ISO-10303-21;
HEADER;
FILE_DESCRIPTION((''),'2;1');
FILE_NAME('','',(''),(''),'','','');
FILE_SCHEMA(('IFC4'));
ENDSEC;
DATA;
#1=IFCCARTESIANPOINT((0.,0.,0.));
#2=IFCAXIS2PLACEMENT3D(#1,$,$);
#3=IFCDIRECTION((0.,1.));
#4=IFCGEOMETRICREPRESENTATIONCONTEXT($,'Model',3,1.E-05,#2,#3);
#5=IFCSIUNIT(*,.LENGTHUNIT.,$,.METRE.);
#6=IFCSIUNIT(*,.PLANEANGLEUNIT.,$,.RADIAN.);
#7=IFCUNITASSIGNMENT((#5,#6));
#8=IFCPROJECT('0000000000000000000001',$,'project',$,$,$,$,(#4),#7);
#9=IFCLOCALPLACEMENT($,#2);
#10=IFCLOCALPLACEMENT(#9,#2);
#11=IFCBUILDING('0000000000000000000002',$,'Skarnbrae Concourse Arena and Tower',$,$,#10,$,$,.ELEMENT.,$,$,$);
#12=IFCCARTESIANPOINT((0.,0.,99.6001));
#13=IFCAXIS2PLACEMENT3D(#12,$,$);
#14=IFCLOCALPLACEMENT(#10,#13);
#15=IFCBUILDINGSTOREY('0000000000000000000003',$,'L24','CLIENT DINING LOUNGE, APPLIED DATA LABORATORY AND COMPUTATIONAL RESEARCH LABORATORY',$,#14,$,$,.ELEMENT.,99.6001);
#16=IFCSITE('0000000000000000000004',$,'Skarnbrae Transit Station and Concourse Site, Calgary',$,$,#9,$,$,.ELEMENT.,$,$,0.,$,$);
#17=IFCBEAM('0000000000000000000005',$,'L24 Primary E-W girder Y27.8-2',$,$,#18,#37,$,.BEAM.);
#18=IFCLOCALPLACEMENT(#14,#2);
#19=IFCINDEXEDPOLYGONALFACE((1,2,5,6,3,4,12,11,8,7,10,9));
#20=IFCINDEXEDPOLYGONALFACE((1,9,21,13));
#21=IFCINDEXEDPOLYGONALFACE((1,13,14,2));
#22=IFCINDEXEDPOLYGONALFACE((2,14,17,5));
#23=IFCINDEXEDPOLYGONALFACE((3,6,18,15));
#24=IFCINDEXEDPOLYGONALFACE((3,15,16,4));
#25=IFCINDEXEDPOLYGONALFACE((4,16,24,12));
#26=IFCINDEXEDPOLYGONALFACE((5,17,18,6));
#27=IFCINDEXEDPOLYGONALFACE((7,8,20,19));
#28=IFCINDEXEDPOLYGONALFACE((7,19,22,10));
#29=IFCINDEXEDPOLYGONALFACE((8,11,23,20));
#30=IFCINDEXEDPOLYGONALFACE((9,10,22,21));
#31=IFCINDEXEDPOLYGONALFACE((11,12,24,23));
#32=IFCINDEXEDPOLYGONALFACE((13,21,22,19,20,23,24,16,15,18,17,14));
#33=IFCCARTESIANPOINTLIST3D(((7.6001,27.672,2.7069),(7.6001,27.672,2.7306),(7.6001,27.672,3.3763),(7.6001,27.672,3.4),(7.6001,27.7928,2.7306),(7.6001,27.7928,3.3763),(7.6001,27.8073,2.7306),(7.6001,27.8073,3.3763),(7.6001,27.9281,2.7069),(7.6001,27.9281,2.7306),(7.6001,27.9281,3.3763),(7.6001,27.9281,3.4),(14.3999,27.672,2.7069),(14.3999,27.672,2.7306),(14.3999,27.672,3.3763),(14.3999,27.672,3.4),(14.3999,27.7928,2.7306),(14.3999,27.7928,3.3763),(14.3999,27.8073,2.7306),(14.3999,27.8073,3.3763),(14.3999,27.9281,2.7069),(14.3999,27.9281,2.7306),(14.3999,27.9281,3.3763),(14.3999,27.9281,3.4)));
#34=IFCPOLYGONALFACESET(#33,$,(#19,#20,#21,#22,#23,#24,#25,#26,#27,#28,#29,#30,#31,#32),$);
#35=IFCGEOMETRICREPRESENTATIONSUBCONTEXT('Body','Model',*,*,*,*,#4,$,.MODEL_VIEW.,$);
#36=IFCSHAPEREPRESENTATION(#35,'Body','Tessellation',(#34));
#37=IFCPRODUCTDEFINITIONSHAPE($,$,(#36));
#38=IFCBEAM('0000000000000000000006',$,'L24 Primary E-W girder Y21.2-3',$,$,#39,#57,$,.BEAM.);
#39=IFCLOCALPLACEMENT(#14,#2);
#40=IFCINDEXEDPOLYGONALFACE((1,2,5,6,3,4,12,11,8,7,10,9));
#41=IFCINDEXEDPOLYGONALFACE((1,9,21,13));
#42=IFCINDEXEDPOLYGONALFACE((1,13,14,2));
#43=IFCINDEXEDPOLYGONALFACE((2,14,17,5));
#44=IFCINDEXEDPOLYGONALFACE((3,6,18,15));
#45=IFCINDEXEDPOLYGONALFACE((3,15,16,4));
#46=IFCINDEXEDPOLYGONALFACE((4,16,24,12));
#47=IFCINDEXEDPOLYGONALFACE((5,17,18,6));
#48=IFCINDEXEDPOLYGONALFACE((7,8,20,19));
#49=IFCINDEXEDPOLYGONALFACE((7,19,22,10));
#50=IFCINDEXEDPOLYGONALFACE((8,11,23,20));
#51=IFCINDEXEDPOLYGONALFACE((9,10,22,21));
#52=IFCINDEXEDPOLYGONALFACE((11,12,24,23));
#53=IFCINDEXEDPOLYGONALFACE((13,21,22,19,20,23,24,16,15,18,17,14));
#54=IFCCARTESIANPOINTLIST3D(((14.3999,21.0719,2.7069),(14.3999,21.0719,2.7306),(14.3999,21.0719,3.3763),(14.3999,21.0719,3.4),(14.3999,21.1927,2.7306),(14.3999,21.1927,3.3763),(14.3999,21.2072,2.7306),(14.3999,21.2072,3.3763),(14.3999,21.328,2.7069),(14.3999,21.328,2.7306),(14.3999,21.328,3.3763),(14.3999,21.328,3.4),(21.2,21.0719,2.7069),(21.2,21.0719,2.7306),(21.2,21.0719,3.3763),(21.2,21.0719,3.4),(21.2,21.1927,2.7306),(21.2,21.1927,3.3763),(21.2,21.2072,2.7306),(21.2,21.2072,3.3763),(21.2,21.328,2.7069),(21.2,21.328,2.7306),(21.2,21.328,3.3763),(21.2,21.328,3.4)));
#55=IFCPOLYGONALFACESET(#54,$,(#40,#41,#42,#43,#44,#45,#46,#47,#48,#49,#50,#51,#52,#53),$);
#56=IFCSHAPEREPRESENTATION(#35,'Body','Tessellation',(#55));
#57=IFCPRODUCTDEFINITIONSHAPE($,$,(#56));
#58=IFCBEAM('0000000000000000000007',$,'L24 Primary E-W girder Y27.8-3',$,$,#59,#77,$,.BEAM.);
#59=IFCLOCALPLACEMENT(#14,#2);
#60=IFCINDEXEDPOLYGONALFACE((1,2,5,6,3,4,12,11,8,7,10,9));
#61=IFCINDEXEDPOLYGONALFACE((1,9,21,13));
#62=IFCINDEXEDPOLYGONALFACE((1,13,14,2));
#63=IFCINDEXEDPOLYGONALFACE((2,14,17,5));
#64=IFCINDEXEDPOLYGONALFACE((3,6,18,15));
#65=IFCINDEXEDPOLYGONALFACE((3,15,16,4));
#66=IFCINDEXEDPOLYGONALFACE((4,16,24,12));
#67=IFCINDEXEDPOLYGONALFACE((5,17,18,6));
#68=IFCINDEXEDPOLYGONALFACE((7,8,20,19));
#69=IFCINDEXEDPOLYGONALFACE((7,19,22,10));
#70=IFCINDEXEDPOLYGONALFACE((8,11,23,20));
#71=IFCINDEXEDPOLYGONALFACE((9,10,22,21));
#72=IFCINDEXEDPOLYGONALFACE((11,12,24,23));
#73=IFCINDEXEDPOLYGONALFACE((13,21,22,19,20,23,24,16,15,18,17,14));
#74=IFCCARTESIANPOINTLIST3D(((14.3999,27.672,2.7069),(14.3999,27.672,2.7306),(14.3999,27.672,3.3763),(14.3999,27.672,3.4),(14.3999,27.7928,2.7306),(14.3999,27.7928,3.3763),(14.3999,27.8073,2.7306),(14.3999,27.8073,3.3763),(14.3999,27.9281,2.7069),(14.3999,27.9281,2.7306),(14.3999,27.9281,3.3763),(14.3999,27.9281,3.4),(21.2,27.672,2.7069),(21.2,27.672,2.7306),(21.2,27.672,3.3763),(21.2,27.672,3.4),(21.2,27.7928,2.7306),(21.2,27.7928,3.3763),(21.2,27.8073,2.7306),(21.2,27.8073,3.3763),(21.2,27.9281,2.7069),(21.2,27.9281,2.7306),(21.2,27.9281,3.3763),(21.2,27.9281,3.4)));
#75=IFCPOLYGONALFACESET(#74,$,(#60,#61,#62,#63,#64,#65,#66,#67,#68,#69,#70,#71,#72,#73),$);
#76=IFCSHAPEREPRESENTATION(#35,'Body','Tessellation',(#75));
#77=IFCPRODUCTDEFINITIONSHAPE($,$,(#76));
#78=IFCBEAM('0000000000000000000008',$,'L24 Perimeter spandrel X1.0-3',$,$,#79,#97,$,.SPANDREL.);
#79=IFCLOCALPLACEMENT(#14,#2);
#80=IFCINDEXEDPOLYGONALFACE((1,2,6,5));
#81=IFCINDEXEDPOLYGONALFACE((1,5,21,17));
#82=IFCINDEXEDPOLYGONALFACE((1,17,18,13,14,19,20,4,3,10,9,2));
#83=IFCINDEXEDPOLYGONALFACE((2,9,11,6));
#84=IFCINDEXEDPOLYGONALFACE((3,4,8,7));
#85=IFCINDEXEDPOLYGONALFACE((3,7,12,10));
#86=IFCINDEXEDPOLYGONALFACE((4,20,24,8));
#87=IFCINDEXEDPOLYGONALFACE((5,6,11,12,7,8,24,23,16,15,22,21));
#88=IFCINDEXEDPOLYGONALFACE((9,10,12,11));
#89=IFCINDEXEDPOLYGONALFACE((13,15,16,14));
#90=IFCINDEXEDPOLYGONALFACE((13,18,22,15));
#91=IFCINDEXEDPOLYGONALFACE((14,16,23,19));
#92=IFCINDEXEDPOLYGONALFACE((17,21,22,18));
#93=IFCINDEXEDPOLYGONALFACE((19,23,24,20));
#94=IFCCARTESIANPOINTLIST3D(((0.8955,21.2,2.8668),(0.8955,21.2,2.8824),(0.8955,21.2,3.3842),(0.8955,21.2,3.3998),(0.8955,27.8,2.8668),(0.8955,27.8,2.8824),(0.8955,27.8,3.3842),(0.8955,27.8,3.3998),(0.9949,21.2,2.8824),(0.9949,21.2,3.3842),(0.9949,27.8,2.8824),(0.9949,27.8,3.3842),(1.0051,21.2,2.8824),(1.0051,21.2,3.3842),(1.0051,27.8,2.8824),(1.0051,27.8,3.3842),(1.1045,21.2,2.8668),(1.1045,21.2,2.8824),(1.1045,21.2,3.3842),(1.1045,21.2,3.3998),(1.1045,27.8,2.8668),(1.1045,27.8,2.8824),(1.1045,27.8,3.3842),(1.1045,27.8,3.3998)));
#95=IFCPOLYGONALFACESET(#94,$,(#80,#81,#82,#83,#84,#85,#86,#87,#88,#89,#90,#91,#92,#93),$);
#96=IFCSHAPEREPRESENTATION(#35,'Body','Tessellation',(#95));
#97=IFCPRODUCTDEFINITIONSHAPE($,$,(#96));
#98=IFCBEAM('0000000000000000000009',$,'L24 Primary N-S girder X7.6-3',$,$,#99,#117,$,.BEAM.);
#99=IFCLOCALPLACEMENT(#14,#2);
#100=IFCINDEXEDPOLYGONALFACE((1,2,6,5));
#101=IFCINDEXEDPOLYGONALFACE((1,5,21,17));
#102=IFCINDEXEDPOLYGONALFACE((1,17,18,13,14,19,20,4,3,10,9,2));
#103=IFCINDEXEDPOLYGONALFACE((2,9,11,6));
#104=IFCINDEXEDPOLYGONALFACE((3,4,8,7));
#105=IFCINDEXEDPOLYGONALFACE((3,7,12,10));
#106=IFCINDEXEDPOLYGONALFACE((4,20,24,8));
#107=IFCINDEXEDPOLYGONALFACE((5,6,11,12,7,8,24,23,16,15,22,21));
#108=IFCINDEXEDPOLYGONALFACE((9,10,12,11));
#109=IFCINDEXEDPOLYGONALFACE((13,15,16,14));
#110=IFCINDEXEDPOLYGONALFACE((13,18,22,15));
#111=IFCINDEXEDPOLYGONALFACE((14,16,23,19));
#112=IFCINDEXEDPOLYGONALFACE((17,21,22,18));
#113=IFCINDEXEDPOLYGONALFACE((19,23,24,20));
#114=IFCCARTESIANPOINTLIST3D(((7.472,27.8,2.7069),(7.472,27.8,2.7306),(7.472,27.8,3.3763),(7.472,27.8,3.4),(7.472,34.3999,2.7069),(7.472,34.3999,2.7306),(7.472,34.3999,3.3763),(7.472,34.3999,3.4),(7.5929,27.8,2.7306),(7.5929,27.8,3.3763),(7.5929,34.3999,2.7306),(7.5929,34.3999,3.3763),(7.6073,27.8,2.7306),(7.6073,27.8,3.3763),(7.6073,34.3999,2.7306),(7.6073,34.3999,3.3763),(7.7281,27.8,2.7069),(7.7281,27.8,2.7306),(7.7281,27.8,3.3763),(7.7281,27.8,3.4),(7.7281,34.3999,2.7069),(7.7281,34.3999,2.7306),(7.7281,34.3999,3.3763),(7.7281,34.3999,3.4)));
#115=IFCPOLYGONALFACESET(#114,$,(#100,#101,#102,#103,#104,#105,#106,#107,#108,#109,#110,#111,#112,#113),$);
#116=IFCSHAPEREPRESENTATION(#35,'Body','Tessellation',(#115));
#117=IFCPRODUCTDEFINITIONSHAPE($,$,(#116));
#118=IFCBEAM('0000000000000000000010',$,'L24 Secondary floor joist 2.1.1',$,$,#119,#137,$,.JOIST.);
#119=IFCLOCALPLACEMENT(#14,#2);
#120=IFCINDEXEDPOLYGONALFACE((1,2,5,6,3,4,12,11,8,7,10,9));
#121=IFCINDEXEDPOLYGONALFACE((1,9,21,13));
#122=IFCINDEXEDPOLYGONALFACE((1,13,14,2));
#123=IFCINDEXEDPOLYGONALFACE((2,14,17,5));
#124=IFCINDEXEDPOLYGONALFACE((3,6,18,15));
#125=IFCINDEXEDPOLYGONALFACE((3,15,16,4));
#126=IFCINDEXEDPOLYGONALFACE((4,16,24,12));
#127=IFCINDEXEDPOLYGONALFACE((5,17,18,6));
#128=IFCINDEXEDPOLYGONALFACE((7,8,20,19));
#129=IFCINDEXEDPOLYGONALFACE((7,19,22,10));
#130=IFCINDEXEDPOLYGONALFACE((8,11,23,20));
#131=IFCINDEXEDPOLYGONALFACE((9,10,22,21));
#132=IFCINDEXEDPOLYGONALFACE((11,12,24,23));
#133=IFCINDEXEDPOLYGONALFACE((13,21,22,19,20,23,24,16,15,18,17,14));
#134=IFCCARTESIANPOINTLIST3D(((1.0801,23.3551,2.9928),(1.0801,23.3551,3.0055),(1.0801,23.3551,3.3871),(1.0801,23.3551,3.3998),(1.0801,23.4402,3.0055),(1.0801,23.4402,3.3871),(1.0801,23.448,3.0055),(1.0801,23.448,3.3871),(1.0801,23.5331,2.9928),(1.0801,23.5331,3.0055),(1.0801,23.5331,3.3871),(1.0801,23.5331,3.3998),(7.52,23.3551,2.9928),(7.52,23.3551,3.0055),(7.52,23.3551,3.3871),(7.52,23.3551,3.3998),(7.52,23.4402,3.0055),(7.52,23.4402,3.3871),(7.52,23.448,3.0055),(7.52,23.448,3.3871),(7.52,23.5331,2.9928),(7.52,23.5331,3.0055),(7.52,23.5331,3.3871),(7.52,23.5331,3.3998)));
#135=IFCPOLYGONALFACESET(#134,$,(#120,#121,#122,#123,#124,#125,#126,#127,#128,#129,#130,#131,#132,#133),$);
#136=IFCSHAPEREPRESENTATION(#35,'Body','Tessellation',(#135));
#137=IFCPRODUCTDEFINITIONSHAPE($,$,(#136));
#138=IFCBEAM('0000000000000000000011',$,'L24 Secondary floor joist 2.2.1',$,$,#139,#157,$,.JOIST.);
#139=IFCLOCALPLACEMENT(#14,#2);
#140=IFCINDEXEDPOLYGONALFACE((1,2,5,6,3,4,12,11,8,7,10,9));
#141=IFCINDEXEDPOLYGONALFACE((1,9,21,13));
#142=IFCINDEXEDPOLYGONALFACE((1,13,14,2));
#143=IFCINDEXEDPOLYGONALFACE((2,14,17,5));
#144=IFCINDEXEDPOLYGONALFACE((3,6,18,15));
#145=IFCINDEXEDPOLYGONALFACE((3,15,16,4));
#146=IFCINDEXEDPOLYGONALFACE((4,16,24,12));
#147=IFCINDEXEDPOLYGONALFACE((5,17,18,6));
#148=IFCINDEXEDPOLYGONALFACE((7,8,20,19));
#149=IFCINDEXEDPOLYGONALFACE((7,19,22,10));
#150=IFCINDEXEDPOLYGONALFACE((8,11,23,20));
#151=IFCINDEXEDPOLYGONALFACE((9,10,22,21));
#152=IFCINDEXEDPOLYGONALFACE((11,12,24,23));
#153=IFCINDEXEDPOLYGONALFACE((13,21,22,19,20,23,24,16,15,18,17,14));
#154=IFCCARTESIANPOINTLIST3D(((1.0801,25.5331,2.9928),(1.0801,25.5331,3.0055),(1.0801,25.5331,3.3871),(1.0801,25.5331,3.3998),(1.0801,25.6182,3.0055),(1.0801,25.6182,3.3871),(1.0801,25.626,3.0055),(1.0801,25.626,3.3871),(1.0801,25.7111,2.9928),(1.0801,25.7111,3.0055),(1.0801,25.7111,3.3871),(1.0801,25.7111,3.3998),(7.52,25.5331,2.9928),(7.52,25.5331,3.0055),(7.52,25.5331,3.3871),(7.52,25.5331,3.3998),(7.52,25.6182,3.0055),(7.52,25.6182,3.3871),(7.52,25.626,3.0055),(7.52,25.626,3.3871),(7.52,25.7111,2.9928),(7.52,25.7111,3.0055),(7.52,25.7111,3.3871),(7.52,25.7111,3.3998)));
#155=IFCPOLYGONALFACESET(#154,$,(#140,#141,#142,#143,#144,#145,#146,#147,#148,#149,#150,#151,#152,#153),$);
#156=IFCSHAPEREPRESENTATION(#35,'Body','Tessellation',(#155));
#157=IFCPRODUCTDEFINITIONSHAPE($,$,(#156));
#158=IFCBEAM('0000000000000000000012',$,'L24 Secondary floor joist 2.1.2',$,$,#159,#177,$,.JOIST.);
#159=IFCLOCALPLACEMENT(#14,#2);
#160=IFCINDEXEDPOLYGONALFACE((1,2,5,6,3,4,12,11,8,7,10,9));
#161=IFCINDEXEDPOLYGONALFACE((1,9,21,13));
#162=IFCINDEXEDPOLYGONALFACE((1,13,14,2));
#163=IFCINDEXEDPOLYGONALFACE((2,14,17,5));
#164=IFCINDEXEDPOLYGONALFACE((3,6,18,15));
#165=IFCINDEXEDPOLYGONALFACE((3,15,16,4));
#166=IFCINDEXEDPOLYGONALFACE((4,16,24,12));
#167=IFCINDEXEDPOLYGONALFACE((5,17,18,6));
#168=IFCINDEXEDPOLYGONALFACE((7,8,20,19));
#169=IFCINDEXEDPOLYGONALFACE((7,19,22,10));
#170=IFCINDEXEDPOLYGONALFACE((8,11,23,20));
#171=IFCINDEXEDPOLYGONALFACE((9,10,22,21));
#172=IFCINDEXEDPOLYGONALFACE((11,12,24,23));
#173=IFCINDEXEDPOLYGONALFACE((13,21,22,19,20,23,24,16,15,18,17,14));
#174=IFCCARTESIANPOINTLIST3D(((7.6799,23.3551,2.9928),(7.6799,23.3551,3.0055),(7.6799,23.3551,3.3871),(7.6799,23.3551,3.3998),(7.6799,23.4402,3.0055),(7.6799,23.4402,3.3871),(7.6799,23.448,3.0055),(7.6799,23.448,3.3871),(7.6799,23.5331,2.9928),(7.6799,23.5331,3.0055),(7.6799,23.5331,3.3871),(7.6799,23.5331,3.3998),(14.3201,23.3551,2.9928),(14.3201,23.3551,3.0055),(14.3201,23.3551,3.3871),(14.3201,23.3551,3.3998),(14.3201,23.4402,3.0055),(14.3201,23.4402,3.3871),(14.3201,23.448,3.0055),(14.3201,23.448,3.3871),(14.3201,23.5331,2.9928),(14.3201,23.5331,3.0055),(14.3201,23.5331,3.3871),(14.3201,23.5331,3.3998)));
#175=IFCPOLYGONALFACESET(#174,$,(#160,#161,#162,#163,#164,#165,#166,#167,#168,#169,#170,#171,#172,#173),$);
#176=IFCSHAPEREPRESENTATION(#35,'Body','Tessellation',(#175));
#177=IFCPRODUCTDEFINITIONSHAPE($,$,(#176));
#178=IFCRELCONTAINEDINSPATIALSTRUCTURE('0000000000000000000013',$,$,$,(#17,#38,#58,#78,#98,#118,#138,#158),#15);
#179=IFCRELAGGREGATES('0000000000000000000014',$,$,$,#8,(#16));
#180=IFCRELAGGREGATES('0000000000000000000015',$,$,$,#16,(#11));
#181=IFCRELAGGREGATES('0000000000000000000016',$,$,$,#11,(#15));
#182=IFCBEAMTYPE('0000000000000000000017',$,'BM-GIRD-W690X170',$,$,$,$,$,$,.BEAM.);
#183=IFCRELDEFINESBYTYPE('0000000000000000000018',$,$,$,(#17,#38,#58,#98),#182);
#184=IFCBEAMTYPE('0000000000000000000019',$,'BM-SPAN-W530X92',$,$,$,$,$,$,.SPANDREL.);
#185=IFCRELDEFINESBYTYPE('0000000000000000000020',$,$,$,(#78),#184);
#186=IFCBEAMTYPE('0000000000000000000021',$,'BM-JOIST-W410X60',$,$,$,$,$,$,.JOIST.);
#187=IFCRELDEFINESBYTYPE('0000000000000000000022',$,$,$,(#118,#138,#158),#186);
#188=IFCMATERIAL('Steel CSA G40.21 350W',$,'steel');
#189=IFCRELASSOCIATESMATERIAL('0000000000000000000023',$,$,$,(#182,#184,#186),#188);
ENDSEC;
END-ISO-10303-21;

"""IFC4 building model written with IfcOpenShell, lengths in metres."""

from ifc_helpers import new_model, si_unit, direction, frame, origin, origin_2d, place, context, subcontext, project, spatial, i_section, extrude, source, transform, mapped, material, material_profile, profile_set, type_object, element, save


model = new_model("IFC4")

# Units and contexts
model_context = context("Model", 3, precision=1e-05, world=origin(), true_north=direction((0.0, 1.0)))
body_context = subcontext(model_context, "Body", "Model", "MODEL_VIEW")
ifc_project = project(units=[si_unit("LENGTHUNIT", "METRE"), si_unit("PLANEANGLEUNIT", "RADIAN")], contexts=[model_context])

# Site, building, storey
site_placement = place(None, origin())
site = spatial("IfcSite", under=ifc_project, at=site_placement, Name="Skarnbrae Transit Station and Concourse Site, Calgary", CompositionType="ELEMENT", RefElevation=0.0)
building_placement = place(site_placement, origin())
building = spatial("IfcBuilding", under=site, at=building_placement, Name="Skarnbrae Concourse Arena and Tower", CompositionType="ELEMENT")
storey_placement = place(building_placement, frame((0.0, 0.0, 99.6001)))
storey = spatial("IfcBuildingStorey", under=building, at=storey_placement, Name="L24", Description="CLIENT DINING LOUNGE, APPLIED DATA LABORATORY AND COMPUTATIONAL RESEARCH LABORATORY", CompositionType="ELEMENT", Elevation=99.6001)

# Shared definitions
ifc_material_1 = material(Name="Steel CSA G40.21 350W", Category="steel")

# Beams
ifc_material_profile_1 = material_profile(ifc_material_1, i_section(OverallWidth=0.2561, OverallDepth=0.6931, WebThickness=0.0144, FlangeThickness=0.0237, at=origin_2d()), Name="W690X170")
ifc_profile_set_1 = profile_set([ifc_material_profile_1], Name="Steel CSA G40.21 350W")
beam_type_1 = type_object("IfcBeamType", Name="BM-GIRD-W690X170", PredefinedType="BEAM", material=ifc_profile_set_1)
shared_shape_1 = source(origin(), body_context, "Body", "SweptSolid", [
    extrude(i_section(OverallWidth=0.2561, OverallDepth=0.6931, WebThickness=0.0144, FlangeThickness=0.0237, at=origin_2d()), origin(), (0.0, 0.0, 1.0), 6.7998),
])
for number, where, z_axis, x_axis, name in (
    (1, (7.6001, 27.8, 3.0535), (1.0, 0.0, 0.0), (0.0, 1.0, 0.0), "L24 Primary E-W girder Y27.8-2"),
):
    element("IfcBeam", number, at=place(storey_placement, frame(where, z_axis=z_axis, x_axis=x_axis)), inside=storey, type_object=beam_type_1, Name=name, PredefinedType="BEAM", context=body_context, shape_type="MappedRepresentation", body=[
        mapped(shared_shape_1, transform((0.0, 0.0, 0.0))),
    ])
shared_shape_2 = source(origin(), body_context, "Body", "SweptSolid", [
    extrude(i_section(OverallWidth=0.2561, OverallDepth=0.6931, WebThickness=0.0144, FlangeThickness=0.0237, at=origin_2d()), origin(), (0.0, 0.0, 1.0), 6.8),
])
for number, where, z_axis, x_axis, name in (
    (2, (14.3999, 21.2, 3.0535), (1.0, 0.0, 0.0), (0.0, 1.0, 0.0), "L24 Primary E-W girder Y21.2-3"),
    (3, (14.3999, 27.8, 3.0535), (1.0, 0.0, 0.0), (0.0, 1.0, 0.0), "L24 Primary E-W girder Y27.8-3"),
):
    element("IfcBeam", number, at=place(storey_placement, frame(where, z_axis=z_axis, x_axis=x_axis)), inside=storey, type_object=beam_type_1, Name=name, PredefinedType="BEAM", context=body_context, shape_type="MappedRepresentation", body=[
        mapped(shared_shape_2, transform((0.0, 0.0, 0.0))),
    ])
ifc_material_profile_2 = material_profile(ifc_material_1, i_section(OverallWidth=0.209, OverallDepth=0.533, WebThickness=0.0103, FlangeThickness=0.0156, at=origin_2d()), Name="W530X92")
ifc_profile_set_2 = profile_set([ifc_material_profile_2], Name="Steel CSA G40.21 350W")
beam_type_2 = type_object("IfcBeamType", Name="BM-SPAN-W530X92", PredefinedType="SPANDREL", material=ifc_profile_set_2)
shared_shape_3 = source(origin(), body_context, "Body", "SweptSolid", [
    extrude(i_section(OverallWidth=0.209, OverallDepth=0.533, WebThickness=0.0103, FlangeThickness=0.0156, at=origin_2d()), origin(), (0.0, 0.0, 1.0), 6.6001),
])
beam_1_placement = place(storey_placement, frame((1.0, 21.2, 3.1333), z_axis=(0.0, 1.0, 0.0), x_axis=(-1.0, 0.0, 0.0)))
element("IfcBeam", 4, at=beam_1_placement, inside=storey, type_object=beam_type_2, Name="L24 Perimeter spandrel X1.0-3", PredefinedType="SPANDREL", context=body_context, shape_type="MappedRepresentation", body=[
    mapped(shared_shape_3, transform((0.0, 0.0, 0.0))),
])
shared_shape_4 = source(origin(), body_context, "Body", "SweptSolid", [
    extrude(i_section(OverallWidth=0.2561, OverallDepth=0.6931, WebThickness=0.0144, FlangeThickness=0.0237, at=origin_2d()), origin(), (0.0, 0.0, 1.0), 6.5999),
])
beam_2_placement = place(storey_placement, frame((7.6001, 27.8, 3.0535), z_axis=(0.0, 1.0, 0.0), x_axis=(-1.0, 0.0, 0.0)))
element("IfcBeam", 5, at=beam_2_placement, inside=storey, type_object=beam_type_1, Name="L24 Primary N-S girder X7.6-3", PredefinedType="BEAM", context=body_context, shape_type="MappedRepresentation", body=[
    mapped(shared_shape_4, transform((0.0, 0.0, 0.0))),
])
ifc_material_profile_3 = material_profile(ifc_material_1, i_section(OverallWidth=0.178, OverallDepth=0.407, WebThickness=0.0078, FlangeThickness=0.0127, at=origin_2d()), Name="W410X60")
ifc_profile_set_3 = profile_set([ifc_material_profile_3], Name="Steel CSA G40.21 350W")
beam_type_3 = type_object("IfcBeamType", Name="BM-JOIST-W410X60", PredefinedType="JOIST", material=ifc_profile_set_3)
shared_shape_5 = source(origin(), body_context, "Body", "SweptSolid", [
    extrude(i_section(OverallWidth=0.178, OverallDepth=0.407, WebThickness=0.0078, FlangeThickness=0.0127, at=origin_2d()), origin(), (0.0, 0.0, 1.0), 6.4399),
])
for number, where, z_axis, x_axis, name in (
    (6, (1.0801, 23.4441, 3.1963), (1.0, 0.0, 0.0), (0.0, 1.0, 0.0), "L24 Secondary floor joist 2.1.1"),
    (7, (1.0801, 25.6221, 3.1963), (1.0, 0.0, 0.0), (0.0, 1.0, 0.0), "L24 Secondary floor joist 2.2.1"),
):
    element("IfcBeam", number, at=place(storey_placement, frame(where, z_axis=z_axis, x_axis=x_axis)), inside=storey, type_object=beam_type_3, Name=name, PredefinedType="JOIST", context=body_context, shape_type="MappedRepresentation", body=[
        mapped(shared_shape_5, transform((0.0, 0.0, 0.0))),
    ])
shared_shape_6 = source(origin(), body_context, "Body", "SweptSolid", [
    extrude(i_section(OverallWidth=0.178, OverallDepth=0.407, WebThickness=0.0078, FlangeThickness=0.0127, at=origin_2d()), origin(), (0.0, 0.0, 1.0), 6.6401),
])
for number, where, z_axis, x_axis, name in (
    (8, (7.6799, 23.4441, 3.1963), (1.0, 0.0, 0.0), (0.0, 1.0, 0.0), "L24 Secondary floor joist 2.1.2"),
):
    element("IfcBeam", number, at=place(storey_placement, frame(where, z_axis=z_axis, x_axis=x_axis)), inside=storey, type_object=beam_type_3, Name=name, PredefinedType="JOIST", context=body_context, shape_type="MappedRepresentation", body=[
        mapped(shared_shape_6, transform((0.0, 0.0, 0.0))),
    ])

save(model, "model.ifc")
